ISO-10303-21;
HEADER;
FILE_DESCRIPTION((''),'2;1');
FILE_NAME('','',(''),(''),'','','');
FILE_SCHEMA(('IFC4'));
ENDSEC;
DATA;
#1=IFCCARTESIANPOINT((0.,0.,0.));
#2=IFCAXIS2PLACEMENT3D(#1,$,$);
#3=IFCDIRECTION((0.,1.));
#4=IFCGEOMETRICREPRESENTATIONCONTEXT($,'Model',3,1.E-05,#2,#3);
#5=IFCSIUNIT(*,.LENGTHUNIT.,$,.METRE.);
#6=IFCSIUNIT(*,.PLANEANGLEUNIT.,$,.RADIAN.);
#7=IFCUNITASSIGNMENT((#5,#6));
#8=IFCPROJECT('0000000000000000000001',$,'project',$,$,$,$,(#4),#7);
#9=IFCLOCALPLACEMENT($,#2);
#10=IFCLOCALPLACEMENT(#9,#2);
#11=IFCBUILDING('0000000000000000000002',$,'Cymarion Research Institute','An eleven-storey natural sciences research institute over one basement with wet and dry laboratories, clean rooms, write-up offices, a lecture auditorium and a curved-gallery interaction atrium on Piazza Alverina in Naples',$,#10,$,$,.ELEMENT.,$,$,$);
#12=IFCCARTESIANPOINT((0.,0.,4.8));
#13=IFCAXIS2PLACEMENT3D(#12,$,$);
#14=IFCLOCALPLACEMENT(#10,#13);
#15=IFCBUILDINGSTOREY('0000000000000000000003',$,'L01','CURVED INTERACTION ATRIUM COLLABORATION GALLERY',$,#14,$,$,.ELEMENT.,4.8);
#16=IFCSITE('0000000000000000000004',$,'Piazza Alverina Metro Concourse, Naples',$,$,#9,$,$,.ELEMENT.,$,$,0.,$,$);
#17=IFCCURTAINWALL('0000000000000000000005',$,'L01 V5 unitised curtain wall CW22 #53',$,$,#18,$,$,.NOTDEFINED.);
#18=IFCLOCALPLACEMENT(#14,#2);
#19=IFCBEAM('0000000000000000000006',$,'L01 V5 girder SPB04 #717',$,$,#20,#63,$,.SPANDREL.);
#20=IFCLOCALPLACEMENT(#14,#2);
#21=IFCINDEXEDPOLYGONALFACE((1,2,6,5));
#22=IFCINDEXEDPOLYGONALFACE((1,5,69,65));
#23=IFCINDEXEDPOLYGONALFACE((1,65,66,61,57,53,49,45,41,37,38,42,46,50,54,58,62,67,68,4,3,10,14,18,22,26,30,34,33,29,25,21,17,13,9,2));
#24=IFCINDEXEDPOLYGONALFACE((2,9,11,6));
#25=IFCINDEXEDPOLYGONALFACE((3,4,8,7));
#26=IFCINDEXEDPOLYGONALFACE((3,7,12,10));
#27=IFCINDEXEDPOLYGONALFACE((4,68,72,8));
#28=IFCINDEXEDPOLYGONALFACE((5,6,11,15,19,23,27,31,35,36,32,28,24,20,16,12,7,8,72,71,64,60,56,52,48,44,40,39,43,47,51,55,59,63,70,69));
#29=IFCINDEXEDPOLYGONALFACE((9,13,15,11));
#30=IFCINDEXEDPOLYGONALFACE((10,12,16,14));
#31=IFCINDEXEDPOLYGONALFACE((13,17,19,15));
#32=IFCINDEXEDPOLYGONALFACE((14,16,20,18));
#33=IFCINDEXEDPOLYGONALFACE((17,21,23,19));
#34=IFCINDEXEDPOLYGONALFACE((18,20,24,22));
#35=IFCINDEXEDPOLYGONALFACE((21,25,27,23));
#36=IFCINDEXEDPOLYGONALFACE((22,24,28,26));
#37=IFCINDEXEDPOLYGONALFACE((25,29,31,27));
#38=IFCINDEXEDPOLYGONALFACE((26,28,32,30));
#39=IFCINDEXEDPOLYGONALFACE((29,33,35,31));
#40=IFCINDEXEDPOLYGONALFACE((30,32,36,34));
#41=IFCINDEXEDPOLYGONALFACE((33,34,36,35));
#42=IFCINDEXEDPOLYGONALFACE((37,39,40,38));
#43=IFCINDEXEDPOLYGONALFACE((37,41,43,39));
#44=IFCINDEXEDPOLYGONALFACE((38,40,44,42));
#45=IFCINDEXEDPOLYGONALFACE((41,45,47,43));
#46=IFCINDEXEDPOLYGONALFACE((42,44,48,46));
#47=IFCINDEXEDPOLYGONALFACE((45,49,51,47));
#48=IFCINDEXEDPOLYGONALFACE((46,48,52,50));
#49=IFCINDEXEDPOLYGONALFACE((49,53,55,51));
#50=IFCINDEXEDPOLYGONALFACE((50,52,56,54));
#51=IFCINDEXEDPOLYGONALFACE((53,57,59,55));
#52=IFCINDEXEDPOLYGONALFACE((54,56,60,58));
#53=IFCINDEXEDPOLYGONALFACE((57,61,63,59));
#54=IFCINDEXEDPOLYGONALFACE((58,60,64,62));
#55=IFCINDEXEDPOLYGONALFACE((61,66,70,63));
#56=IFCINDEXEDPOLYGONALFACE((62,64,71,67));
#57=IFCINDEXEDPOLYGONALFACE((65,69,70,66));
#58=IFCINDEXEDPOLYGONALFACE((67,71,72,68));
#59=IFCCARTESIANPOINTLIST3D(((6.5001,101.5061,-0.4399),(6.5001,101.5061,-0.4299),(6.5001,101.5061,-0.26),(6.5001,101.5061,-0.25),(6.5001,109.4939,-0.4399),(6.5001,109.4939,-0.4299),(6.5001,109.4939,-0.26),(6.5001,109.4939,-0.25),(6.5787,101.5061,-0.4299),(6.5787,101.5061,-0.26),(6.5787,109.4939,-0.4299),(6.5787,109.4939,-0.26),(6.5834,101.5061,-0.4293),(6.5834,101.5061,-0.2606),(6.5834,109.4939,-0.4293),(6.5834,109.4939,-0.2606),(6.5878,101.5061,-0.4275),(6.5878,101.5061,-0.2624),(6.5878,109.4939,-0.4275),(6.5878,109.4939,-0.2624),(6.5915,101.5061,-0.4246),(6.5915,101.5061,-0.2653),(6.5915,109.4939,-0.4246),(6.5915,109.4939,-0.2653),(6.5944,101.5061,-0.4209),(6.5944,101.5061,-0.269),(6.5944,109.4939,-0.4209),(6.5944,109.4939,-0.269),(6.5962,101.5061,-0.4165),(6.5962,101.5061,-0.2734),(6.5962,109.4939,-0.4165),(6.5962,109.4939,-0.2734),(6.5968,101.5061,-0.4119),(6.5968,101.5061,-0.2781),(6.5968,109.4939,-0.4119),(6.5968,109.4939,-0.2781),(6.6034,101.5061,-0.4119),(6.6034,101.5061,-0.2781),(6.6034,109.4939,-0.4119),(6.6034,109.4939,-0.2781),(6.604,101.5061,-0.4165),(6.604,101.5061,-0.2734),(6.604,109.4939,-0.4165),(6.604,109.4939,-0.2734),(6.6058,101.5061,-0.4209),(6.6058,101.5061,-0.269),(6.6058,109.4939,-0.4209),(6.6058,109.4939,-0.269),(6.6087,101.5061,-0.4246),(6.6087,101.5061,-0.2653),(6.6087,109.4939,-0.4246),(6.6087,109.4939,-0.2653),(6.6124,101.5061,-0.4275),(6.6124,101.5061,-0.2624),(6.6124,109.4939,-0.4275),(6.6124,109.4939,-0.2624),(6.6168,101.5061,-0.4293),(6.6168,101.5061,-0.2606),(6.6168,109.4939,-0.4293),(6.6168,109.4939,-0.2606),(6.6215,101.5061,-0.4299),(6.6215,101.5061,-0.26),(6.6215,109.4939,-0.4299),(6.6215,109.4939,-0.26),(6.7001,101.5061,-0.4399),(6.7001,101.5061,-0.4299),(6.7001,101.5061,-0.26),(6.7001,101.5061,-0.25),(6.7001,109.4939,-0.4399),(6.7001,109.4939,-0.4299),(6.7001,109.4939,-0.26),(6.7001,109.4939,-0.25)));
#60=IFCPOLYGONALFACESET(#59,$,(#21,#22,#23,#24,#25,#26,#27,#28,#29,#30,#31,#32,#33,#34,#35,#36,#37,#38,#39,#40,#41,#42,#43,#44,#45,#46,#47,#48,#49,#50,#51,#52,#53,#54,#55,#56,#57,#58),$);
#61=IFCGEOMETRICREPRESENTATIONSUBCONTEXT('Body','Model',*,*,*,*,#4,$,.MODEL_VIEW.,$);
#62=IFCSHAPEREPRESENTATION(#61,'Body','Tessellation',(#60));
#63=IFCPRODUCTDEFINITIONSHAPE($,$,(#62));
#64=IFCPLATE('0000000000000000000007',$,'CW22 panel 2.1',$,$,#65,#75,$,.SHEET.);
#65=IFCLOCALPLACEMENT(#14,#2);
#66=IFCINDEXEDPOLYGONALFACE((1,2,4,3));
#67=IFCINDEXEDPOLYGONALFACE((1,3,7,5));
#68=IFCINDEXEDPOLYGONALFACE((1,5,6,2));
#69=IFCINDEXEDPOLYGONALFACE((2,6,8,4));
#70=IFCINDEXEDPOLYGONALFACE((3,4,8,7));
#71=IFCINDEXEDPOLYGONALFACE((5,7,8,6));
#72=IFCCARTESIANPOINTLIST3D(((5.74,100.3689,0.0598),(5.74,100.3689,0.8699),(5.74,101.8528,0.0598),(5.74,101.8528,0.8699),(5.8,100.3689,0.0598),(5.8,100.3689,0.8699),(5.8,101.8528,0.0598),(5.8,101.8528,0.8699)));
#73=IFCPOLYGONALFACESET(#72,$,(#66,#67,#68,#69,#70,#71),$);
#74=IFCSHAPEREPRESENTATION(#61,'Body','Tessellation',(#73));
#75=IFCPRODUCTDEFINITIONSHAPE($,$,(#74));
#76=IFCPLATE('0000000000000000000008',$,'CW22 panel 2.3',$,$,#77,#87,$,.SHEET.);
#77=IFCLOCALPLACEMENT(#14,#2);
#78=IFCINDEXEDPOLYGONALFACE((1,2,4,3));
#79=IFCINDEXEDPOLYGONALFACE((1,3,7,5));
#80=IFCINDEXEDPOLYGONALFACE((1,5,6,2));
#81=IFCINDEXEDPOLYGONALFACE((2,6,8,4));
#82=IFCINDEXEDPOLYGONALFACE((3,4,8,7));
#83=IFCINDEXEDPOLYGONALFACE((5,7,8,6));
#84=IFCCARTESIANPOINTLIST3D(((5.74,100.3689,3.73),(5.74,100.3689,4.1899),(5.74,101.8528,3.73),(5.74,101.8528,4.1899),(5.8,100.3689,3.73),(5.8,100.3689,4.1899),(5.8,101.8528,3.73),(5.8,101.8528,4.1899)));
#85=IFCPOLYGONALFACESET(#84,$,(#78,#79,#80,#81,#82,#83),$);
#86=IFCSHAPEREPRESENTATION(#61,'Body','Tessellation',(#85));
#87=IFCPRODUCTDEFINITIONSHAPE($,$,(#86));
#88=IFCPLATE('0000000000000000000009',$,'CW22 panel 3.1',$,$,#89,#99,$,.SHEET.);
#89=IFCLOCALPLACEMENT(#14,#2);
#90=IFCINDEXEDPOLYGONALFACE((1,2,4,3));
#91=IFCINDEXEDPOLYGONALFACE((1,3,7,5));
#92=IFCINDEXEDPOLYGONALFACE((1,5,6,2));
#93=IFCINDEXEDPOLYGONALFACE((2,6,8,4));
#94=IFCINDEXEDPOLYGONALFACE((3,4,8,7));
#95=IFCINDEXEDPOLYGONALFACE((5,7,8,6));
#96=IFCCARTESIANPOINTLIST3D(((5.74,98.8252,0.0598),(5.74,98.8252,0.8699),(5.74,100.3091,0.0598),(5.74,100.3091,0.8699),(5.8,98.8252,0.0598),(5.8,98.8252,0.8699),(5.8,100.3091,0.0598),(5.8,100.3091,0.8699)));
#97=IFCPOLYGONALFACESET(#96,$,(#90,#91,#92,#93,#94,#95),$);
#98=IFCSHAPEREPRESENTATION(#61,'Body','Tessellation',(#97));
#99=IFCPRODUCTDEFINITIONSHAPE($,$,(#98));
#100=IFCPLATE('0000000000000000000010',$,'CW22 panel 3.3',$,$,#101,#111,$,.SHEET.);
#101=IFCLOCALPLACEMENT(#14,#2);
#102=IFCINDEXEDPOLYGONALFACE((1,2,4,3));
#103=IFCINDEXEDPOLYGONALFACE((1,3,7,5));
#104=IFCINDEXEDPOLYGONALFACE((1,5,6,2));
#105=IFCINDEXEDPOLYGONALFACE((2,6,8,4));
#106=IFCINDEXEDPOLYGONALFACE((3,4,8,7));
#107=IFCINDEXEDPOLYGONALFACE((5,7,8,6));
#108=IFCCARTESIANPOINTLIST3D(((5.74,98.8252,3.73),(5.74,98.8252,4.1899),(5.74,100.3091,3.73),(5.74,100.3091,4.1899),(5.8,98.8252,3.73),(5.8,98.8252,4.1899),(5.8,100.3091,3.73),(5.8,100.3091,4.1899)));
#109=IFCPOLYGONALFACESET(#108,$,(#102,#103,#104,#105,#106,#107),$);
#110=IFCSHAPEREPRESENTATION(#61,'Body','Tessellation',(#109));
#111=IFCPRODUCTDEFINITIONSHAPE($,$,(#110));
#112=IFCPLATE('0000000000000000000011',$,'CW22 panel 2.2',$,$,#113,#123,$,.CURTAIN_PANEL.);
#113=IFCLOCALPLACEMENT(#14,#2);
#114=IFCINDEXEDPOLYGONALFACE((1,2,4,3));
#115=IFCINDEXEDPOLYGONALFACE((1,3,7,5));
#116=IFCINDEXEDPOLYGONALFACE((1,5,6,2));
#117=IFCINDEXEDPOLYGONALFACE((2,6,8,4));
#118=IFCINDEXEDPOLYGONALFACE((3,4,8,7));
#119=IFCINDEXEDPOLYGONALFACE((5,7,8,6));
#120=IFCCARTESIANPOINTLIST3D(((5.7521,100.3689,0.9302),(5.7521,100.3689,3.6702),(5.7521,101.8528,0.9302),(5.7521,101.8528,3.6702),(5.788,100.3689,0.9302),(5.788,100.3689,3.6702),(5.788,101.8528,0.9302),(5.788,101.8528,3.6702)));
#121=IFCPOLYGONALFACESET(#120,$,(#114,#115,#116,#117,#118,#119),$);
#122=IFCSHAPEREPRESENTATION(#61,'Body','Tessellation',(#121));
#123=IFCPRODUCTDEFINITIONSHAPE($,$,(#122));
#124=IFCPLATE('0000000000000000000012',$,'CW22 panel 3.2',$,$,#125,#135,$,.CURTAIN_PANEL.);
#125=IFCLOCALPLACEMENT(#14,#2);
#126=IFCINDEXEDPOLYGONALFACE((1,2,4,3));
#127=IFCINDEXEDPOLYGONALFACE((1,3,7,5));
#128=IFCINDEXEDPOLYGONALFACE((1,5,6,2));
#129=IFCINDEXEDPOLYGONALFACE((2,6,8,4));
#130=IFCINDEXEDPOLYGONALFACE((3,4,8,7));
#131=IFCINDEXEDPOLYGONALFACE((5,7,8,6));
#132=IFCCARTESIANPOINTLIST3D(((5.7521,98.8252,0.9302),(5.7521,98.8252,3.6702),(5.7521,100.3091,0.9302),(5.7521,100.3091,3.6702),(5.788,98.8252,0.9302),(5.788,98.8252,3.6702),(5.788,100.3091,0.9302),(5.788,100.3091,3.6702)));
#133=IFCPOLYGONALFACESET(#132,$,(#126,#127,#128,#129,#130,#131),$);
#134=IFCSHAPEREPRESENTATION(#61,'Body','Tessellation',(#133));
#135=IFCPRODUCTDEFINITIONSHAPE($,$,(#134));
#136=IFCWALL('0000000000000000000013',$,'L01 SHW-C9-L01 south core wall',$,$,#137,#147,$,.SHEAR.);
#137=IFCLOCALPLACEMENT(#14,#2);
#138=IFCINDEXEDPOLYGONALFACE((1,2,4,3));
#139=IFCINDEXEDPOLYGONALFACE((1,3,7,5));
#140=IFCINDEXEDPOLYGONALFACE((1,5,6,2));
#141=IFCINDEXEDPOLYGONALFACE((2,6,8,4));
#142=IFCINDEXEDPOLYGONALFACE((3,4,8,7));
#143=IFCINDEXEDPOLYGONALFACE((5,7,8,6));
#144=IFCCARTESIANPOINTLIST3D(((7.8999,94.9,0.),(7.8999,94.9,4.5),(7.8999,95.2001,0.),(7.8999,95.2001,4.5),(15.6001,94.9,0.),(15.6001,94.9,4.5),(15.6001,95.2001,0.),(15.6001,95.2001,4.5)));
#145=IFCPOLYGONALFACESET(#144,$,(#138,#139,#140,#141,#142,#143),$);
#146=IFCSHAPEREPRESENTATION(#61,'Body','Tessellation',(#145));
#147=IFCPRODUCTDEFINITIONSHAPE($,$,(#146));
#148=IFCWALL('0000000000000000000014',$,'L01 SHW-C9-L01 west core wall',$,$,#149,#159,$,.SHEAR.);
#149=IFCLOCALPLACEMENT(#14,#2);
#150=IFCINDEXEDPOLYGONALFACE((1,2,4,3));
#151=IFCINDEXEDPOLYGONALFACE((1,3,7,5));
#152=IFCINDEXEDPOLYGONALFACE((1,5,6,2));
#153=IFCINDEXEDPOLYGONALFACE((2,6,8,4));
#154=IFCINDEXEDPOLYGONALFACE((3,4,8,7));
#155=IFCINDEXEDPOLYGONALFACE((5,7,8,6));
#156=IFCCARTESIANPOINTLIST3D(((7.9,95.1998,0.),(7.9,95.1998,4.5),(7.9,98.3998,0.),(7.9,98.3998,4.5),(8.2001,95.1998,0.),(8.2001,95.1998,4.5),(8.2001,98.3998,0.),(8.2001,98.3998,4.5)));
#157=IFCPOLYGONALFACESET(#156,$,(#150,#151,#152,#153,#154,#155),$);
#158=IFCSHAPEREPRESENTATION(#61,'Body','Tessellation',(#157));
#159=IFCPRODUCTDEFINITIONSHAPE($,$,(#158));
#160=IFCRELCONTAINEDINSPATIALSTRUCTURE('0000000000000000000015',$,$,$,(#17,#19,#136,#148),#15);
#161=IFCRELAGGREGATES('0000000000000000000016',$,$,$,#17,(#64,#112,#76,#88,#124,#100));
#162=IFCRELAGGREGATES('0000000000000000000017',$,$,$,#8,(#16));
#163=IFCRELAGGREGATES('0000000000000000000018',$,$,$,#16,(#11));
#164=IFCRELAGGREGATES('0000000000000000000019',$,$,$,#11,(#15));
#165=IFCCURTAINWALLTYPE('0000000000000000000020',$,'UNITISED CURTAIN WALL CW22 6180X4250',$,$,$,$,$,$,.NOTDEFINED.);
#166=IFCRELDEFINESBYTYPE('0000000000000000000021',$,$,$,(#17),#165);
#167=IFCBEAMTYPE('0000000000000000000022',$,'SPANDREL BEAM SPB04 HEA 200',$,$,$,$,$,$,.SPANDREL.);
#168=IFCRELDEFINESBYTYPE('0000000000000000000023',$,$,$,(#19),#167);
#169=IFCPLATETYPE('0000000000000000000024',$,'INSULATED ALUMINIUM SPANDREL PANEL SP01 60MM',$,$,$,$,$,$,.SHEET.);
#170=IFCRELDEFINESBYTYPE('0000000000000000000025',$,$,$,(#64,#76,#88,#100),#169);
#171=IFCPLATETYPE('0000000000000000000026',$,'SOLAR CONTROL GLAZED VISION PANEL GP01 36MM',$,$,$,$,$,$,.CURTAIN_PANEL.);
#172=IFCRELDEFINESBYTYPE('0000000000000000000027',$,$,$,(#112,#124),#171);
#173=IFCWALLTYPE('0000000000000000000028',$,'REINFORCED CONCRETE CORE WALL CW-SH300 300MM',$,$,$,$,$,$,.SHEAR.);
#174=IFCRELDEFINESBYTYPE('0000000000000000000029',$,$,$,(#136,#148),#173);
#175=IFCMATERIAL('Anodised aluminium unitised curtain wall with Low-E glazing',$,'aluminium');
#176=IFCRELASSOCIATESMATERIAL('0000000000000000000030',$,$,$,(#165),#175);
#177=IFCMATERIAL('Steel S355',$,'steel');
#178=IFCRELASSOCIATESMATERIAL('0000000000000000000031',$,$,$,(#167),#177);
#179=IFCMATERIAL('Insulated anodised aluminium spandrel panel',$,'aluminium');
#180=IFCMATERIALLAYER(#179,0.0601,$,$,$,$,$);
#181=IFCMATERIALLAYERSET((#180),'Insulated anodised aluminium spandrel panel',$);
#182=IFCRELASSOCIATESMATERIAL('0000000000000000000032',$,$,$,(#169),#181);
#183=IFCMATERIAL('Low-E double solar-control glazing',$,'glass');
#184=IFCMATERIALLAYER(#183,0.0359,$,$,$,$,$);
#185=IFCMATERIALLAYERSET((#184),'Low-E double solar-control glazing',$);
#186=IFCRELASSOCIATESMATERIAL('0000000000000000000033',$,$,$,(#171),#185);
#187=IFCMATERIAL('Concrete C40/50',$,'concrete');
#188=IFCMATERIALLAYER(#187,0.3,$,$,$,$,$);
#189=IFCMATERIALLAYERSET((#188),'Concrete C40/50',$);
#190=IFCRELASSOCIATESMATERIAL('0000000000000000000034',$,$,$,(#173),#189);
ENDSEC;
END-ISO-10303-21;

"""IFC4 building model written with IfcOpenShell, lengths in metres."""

from ifc_helpers import new_model, si_unit, direction, frame, frame_2d, origin, origin_2d, place, context, subcontext, project, spatial, rectangle, i_section, extrude, material, layer, layer_set, material_profile, profile_set, type_object, element, aggregate, save


model = new_model("IFC4")

# Units and contexts
model_context = context("Model", 3, precision=1e-05, world=origin(), true_north=direction((0.0, 1.0)))
body_context = subcontext(model_context, "Body", "Model", "MODEL_VIEW")
ifc_project = project(units=[si_unit("LENGTHUNIT", "METRE"), si_unit("PLANEANGLEUNIT", "RADIAN")], contexts=[model_context])

# Site, building, storey
site_placement = place(None, origin())
site = spatial("IfcSite", under=ifc_project, at=site_placement, Name="Piazza Alverina Metro Concourse, Naples", CompositionType="ELEMENT", RefElevation=0.0)
building_placement = place(site_placement, origin())
building = spatial("IfcBuilding", under=site, at=building_placement, Name="Cymarion Research Institute", Description="An eleven-storey natural sciences research institute over one basement with wet and dry laboratories, clean rooms, write-up offices, a lecture auditorium and a curved-gallery interaction atrium on Piazza Alverina in Naples", CompositionType="ELEMENT")
storey_placement = place(building_placement, frame((0.0, 0.0, 4.8)))
storey = spatial("IfcBuildingStorey", under=building, at=storey_placement, Name="L01", Description="CURVED INTERACTION ATRIUM COLLABORATION GALLERY", CompositionType="ELEMENT", Elevation=4.8)

# Shared definitions
ifc_material_1 = material(Name="Steel S355", Category="steel")

# Curtain wall
ifc_material_2 = material(Name="Anodised aluminium unitised curtain wall with Low-E glazing", Category="aluminium")
curtain_wall_type = type_object("IfcCurtainWallType", Name="UNITISED CURTAIN WALL CW22 6180X4250", PredefinedType="NOTDEFINED", material=ifc_material_2)
curtain_wall_placement = place(storey_placement, origin())
curtain_wall = element("IfcCurtainWall", 1, at=curtain_wall_placement, inside=storey, type_object=curtain_wall_type, Name="L01 V5 unitised curtain wall CW22 #53", PredefinedType="NOTDEFINED")

# Beam
ifc_material_profile_1 = material_profile(ifc_material_1, i_section(OverallWidth=0.2, OverallDepth=0.1899, WebThickness=0.0066, FlangeThickness=0.01, FilletRadius=0.0181, at=origin_2d()), Name="HEA 200")
ifc_profile_set_1 = profile_set([ifc_material_profile_1], Name="Steel S355")
beam_type = type_object("IfcBeamType", Name="SPANDREL BEAM SPB04 HEA 200", PredefinedType="SPANDREL", material=ifc_profile_set_1)
beam_placement = place(storey_placement, frame((6.6001, 101.5061, -0.345), z_axis=(0.0, 1.0, 0.0), x_axis=(-1.0, 0.0, 0.0)))
element("IfcBeam", 2, at=beam_placement, inside=storey, type_object=beam_type, Name="L01 V5 girder SPB04 #717", PredefinedType="SPANDREL", context=body_context, shape_type="SweptSolid", body=[
    extrude(i_section(OverallWidth=0.2, OverallDepth=0.1899, WebThickness=0.0066, FlangeThickness=0.01, FilletRadius=0.0181, at=origin_2d()), origin(), (0.0, 0.0, 1.0), 7.9878),
])

# Plates
ifc_material_3 = material(Name="Insulated anodised aluminium spandrel panel", Category="aluminium")
ifc_layer_1 = layer(ifc_material_3, 0.0601)
ifc_layer_set_1 = layer_set([ifc_layer_1], Name="Insulated anodised aluminium spandrel panel")
plate_type_1 = type_object("IfcPlateType", Name="INSULATED ALUMINIUM SPANDREL PANEL SP01 60MM", PredefinedType="SHEET", material=ifc_layer_set_1)
plate_1_placement = place(storey_placement, frame((5.77, 101.1108, 0.0598), z_axis=(0.0, 0.0, 1.0), x_axis=(0.0, -1.0, 0.0)))
plate_1 = element("IfcPlate", 3, at=plate_1_placement, type_object=plate_type_1, Name="CW22 panel 2.1", PredefinedType="SHEET", context=body_context, shape_type="SweptSolid", body=[
    extrude(rectangle(XDim=1.4839, YDim=0.0601, at=origin_2d()), origin(), (0.0, 0.0, 1.0), 0.8101),
])
plate_2_placement = place(storey_placement, frame((5.77, 101.1108, 3.73), z_axis=(0.0, 0.0, 1.0), x_axis=(0.0, -1.0, 0.0)))
plate_2 = element("IfcPlate", 4, at=plate_2_placement, type_object=plate_type_1, Name="CW22 panel 2.3", PredefinedType="SHEET", context=body_context, shape_type="SweptSolid", body=[
    extrude(rectangle(XDim=1.4839, YDim=0.0601, at=origin_2d()), origin(), (0.0, 0.0, 1.0), 0.46),
])
plate_3_placement = place(storey_placement, frame((5.77, 99.5671, 0.0598), z_axis=(0.0, 0.0, 1.0), x_axis=(0.0, -1.0, 0.0)))
plate_3 = element("IfcPlate", 5, at=plate_3_placement, type_object=plate_type_1, Name="CW22 panel 3.1", PredefinedType="SHEET", context=body_context, shape_type="SweptSolid", body=[
    extrude(rectangle(XDim=1.4839, YDim=0.0601, at=origin_2d()), origin(), (0.0, 0.0, 1.0), 0.8101),
])
plate_4_placement = place(storey_placement, frame((5.77, 99.5671, 3.73), z_axis=(0.0, 0.0, 1.0), x_axis=(0.0, -1.0, 0.0)))
plate_4 = element("IfcPlate", 6, at=plate_4_placement, type_object=plate_type_1, Name="CW22 panel 3.3", PredefinedType="SHEET", context=body_context, shape_type="SweptSolid", body=[
    extrude(rectangle(XDim=1.4839, YDim=0.0601, at=origin_2d()), origin(), (0.0, 0.0, 1.0), 0.46),
])
ifc_material_4 = material(Name="Low-E double solar-control glazing", Category="glass")
ifc_layer_2 = layer(ifc_material_4, 0.0359)
ifc_layer_set_2 = layer_set([ifc_layer_2], Name="Low-E double solar-control glazing")
plate_type_2 = type_object("IfcPlateType", Name="SOLAR CONTROL GLAZED VISION PANEL GP01 36MM", PredefinedType="CURTAIN_PANEL", material=ifc_layer_set_2)
plate_5_placement = place(storey_placement, frame((5.77, 101.1108, 0.9302), z_axis=(0.0, 0.0, 1.0), x_axis=(0.0, -1.0, 0.0)))
plate_5 = element("IfcPlate", 7, at=plate_5_placement, type_object=plate_type_2, Name="CW22 panel 2.2", PredefinedType="CURTAIN_PANEL", context=body_context, shape_type="SweptSolid", body=[
    extrude(rectangle(XDim=1.4839, YDim=0.0359, at=origin_2d()), origin(), (0.0, 0.0, 1.0), 2.74),
])
plate_6_placement = place(storey_placement, frame((5.77, 99.5671, 0.9302), z_axis=(0.0, 0.0, 1.0), x_axis=(0.0, -1.0, 0.0)))
plate_6 = element("IfcPlate", 8, at=plate_6_placement, type_object=plate_type_2, Name="CW22 panel 3.2", PredefinedType="CURTAIN_PANEL", context=body_context, shape_type="SweptSolid", body=[
    extrude(rectangle(XDim=1.4839, YDim=0.0359, at=origin_2d()), origin(), (0.0, 0.0, 1.0), 2.74),
])
aggregate(curtain_wall, [plate_1, plate_5, plate_2, plate_3, plate_6, plate_4])

# Walls
ifc_material_5 = material(Name="Concrete C40/50", Category="concrete")
ifc_layer_3 = layer(ifc_material_5, 0.3)
ifc_layer_set_3 = layer_set([ifc_layer_3], Name="Concrete C40/50")
wall_type = type_object("IfcWallType", Name="REINFORCED CONCRETE CORE WALL CW-SH300 300MM", PredefinedType="SHEAR", material=ifc_layer_set_3)
wall_1_placement = place(storey_placement, frame((7.8999, 95.05, 0.0), z_axis=(0.0, 0.0, 1.0), x_axis=(1.0, 0.0, 0.0)))
element("IfcWall", 9, at=wall_1_placement, inside=storey, type_object=wall_type, Name="L01 SHW-C9-L01 south core wall", PredefinedType="SHEAR", context=body_context, shape_type="SweptSolid", body=[
    extrude(rectangle(XDim=7.7002, YDim=0.3, at=frame_2d((3.8501, 0.0))), origin(), (0.0, 0.0, 1.0), 4.5),
])
wall_2_placement = place(storey_placement, frame((8.05, 98.3999, 0.0), z_axis=(0.0, 0.0, 1.0), x_axis=(0.0, -1.0, 0.0)))
element("IfcWall", 10, at=wall_2_placement, inside=storey, type_object=wall_type, Name="L01 SHW-C9-L01 west core wall", PredefinedType="SHEAR", context=body_context, shape_type="SweptSolid", body=[
    extrude(rectangle(XDim=3.2, YDim=0.3, at=frame_2d((1.6001, 0.0))), origin(), (0.0, 0.0, 1.0), 4.5),
])

save(model, "model.ifc")
